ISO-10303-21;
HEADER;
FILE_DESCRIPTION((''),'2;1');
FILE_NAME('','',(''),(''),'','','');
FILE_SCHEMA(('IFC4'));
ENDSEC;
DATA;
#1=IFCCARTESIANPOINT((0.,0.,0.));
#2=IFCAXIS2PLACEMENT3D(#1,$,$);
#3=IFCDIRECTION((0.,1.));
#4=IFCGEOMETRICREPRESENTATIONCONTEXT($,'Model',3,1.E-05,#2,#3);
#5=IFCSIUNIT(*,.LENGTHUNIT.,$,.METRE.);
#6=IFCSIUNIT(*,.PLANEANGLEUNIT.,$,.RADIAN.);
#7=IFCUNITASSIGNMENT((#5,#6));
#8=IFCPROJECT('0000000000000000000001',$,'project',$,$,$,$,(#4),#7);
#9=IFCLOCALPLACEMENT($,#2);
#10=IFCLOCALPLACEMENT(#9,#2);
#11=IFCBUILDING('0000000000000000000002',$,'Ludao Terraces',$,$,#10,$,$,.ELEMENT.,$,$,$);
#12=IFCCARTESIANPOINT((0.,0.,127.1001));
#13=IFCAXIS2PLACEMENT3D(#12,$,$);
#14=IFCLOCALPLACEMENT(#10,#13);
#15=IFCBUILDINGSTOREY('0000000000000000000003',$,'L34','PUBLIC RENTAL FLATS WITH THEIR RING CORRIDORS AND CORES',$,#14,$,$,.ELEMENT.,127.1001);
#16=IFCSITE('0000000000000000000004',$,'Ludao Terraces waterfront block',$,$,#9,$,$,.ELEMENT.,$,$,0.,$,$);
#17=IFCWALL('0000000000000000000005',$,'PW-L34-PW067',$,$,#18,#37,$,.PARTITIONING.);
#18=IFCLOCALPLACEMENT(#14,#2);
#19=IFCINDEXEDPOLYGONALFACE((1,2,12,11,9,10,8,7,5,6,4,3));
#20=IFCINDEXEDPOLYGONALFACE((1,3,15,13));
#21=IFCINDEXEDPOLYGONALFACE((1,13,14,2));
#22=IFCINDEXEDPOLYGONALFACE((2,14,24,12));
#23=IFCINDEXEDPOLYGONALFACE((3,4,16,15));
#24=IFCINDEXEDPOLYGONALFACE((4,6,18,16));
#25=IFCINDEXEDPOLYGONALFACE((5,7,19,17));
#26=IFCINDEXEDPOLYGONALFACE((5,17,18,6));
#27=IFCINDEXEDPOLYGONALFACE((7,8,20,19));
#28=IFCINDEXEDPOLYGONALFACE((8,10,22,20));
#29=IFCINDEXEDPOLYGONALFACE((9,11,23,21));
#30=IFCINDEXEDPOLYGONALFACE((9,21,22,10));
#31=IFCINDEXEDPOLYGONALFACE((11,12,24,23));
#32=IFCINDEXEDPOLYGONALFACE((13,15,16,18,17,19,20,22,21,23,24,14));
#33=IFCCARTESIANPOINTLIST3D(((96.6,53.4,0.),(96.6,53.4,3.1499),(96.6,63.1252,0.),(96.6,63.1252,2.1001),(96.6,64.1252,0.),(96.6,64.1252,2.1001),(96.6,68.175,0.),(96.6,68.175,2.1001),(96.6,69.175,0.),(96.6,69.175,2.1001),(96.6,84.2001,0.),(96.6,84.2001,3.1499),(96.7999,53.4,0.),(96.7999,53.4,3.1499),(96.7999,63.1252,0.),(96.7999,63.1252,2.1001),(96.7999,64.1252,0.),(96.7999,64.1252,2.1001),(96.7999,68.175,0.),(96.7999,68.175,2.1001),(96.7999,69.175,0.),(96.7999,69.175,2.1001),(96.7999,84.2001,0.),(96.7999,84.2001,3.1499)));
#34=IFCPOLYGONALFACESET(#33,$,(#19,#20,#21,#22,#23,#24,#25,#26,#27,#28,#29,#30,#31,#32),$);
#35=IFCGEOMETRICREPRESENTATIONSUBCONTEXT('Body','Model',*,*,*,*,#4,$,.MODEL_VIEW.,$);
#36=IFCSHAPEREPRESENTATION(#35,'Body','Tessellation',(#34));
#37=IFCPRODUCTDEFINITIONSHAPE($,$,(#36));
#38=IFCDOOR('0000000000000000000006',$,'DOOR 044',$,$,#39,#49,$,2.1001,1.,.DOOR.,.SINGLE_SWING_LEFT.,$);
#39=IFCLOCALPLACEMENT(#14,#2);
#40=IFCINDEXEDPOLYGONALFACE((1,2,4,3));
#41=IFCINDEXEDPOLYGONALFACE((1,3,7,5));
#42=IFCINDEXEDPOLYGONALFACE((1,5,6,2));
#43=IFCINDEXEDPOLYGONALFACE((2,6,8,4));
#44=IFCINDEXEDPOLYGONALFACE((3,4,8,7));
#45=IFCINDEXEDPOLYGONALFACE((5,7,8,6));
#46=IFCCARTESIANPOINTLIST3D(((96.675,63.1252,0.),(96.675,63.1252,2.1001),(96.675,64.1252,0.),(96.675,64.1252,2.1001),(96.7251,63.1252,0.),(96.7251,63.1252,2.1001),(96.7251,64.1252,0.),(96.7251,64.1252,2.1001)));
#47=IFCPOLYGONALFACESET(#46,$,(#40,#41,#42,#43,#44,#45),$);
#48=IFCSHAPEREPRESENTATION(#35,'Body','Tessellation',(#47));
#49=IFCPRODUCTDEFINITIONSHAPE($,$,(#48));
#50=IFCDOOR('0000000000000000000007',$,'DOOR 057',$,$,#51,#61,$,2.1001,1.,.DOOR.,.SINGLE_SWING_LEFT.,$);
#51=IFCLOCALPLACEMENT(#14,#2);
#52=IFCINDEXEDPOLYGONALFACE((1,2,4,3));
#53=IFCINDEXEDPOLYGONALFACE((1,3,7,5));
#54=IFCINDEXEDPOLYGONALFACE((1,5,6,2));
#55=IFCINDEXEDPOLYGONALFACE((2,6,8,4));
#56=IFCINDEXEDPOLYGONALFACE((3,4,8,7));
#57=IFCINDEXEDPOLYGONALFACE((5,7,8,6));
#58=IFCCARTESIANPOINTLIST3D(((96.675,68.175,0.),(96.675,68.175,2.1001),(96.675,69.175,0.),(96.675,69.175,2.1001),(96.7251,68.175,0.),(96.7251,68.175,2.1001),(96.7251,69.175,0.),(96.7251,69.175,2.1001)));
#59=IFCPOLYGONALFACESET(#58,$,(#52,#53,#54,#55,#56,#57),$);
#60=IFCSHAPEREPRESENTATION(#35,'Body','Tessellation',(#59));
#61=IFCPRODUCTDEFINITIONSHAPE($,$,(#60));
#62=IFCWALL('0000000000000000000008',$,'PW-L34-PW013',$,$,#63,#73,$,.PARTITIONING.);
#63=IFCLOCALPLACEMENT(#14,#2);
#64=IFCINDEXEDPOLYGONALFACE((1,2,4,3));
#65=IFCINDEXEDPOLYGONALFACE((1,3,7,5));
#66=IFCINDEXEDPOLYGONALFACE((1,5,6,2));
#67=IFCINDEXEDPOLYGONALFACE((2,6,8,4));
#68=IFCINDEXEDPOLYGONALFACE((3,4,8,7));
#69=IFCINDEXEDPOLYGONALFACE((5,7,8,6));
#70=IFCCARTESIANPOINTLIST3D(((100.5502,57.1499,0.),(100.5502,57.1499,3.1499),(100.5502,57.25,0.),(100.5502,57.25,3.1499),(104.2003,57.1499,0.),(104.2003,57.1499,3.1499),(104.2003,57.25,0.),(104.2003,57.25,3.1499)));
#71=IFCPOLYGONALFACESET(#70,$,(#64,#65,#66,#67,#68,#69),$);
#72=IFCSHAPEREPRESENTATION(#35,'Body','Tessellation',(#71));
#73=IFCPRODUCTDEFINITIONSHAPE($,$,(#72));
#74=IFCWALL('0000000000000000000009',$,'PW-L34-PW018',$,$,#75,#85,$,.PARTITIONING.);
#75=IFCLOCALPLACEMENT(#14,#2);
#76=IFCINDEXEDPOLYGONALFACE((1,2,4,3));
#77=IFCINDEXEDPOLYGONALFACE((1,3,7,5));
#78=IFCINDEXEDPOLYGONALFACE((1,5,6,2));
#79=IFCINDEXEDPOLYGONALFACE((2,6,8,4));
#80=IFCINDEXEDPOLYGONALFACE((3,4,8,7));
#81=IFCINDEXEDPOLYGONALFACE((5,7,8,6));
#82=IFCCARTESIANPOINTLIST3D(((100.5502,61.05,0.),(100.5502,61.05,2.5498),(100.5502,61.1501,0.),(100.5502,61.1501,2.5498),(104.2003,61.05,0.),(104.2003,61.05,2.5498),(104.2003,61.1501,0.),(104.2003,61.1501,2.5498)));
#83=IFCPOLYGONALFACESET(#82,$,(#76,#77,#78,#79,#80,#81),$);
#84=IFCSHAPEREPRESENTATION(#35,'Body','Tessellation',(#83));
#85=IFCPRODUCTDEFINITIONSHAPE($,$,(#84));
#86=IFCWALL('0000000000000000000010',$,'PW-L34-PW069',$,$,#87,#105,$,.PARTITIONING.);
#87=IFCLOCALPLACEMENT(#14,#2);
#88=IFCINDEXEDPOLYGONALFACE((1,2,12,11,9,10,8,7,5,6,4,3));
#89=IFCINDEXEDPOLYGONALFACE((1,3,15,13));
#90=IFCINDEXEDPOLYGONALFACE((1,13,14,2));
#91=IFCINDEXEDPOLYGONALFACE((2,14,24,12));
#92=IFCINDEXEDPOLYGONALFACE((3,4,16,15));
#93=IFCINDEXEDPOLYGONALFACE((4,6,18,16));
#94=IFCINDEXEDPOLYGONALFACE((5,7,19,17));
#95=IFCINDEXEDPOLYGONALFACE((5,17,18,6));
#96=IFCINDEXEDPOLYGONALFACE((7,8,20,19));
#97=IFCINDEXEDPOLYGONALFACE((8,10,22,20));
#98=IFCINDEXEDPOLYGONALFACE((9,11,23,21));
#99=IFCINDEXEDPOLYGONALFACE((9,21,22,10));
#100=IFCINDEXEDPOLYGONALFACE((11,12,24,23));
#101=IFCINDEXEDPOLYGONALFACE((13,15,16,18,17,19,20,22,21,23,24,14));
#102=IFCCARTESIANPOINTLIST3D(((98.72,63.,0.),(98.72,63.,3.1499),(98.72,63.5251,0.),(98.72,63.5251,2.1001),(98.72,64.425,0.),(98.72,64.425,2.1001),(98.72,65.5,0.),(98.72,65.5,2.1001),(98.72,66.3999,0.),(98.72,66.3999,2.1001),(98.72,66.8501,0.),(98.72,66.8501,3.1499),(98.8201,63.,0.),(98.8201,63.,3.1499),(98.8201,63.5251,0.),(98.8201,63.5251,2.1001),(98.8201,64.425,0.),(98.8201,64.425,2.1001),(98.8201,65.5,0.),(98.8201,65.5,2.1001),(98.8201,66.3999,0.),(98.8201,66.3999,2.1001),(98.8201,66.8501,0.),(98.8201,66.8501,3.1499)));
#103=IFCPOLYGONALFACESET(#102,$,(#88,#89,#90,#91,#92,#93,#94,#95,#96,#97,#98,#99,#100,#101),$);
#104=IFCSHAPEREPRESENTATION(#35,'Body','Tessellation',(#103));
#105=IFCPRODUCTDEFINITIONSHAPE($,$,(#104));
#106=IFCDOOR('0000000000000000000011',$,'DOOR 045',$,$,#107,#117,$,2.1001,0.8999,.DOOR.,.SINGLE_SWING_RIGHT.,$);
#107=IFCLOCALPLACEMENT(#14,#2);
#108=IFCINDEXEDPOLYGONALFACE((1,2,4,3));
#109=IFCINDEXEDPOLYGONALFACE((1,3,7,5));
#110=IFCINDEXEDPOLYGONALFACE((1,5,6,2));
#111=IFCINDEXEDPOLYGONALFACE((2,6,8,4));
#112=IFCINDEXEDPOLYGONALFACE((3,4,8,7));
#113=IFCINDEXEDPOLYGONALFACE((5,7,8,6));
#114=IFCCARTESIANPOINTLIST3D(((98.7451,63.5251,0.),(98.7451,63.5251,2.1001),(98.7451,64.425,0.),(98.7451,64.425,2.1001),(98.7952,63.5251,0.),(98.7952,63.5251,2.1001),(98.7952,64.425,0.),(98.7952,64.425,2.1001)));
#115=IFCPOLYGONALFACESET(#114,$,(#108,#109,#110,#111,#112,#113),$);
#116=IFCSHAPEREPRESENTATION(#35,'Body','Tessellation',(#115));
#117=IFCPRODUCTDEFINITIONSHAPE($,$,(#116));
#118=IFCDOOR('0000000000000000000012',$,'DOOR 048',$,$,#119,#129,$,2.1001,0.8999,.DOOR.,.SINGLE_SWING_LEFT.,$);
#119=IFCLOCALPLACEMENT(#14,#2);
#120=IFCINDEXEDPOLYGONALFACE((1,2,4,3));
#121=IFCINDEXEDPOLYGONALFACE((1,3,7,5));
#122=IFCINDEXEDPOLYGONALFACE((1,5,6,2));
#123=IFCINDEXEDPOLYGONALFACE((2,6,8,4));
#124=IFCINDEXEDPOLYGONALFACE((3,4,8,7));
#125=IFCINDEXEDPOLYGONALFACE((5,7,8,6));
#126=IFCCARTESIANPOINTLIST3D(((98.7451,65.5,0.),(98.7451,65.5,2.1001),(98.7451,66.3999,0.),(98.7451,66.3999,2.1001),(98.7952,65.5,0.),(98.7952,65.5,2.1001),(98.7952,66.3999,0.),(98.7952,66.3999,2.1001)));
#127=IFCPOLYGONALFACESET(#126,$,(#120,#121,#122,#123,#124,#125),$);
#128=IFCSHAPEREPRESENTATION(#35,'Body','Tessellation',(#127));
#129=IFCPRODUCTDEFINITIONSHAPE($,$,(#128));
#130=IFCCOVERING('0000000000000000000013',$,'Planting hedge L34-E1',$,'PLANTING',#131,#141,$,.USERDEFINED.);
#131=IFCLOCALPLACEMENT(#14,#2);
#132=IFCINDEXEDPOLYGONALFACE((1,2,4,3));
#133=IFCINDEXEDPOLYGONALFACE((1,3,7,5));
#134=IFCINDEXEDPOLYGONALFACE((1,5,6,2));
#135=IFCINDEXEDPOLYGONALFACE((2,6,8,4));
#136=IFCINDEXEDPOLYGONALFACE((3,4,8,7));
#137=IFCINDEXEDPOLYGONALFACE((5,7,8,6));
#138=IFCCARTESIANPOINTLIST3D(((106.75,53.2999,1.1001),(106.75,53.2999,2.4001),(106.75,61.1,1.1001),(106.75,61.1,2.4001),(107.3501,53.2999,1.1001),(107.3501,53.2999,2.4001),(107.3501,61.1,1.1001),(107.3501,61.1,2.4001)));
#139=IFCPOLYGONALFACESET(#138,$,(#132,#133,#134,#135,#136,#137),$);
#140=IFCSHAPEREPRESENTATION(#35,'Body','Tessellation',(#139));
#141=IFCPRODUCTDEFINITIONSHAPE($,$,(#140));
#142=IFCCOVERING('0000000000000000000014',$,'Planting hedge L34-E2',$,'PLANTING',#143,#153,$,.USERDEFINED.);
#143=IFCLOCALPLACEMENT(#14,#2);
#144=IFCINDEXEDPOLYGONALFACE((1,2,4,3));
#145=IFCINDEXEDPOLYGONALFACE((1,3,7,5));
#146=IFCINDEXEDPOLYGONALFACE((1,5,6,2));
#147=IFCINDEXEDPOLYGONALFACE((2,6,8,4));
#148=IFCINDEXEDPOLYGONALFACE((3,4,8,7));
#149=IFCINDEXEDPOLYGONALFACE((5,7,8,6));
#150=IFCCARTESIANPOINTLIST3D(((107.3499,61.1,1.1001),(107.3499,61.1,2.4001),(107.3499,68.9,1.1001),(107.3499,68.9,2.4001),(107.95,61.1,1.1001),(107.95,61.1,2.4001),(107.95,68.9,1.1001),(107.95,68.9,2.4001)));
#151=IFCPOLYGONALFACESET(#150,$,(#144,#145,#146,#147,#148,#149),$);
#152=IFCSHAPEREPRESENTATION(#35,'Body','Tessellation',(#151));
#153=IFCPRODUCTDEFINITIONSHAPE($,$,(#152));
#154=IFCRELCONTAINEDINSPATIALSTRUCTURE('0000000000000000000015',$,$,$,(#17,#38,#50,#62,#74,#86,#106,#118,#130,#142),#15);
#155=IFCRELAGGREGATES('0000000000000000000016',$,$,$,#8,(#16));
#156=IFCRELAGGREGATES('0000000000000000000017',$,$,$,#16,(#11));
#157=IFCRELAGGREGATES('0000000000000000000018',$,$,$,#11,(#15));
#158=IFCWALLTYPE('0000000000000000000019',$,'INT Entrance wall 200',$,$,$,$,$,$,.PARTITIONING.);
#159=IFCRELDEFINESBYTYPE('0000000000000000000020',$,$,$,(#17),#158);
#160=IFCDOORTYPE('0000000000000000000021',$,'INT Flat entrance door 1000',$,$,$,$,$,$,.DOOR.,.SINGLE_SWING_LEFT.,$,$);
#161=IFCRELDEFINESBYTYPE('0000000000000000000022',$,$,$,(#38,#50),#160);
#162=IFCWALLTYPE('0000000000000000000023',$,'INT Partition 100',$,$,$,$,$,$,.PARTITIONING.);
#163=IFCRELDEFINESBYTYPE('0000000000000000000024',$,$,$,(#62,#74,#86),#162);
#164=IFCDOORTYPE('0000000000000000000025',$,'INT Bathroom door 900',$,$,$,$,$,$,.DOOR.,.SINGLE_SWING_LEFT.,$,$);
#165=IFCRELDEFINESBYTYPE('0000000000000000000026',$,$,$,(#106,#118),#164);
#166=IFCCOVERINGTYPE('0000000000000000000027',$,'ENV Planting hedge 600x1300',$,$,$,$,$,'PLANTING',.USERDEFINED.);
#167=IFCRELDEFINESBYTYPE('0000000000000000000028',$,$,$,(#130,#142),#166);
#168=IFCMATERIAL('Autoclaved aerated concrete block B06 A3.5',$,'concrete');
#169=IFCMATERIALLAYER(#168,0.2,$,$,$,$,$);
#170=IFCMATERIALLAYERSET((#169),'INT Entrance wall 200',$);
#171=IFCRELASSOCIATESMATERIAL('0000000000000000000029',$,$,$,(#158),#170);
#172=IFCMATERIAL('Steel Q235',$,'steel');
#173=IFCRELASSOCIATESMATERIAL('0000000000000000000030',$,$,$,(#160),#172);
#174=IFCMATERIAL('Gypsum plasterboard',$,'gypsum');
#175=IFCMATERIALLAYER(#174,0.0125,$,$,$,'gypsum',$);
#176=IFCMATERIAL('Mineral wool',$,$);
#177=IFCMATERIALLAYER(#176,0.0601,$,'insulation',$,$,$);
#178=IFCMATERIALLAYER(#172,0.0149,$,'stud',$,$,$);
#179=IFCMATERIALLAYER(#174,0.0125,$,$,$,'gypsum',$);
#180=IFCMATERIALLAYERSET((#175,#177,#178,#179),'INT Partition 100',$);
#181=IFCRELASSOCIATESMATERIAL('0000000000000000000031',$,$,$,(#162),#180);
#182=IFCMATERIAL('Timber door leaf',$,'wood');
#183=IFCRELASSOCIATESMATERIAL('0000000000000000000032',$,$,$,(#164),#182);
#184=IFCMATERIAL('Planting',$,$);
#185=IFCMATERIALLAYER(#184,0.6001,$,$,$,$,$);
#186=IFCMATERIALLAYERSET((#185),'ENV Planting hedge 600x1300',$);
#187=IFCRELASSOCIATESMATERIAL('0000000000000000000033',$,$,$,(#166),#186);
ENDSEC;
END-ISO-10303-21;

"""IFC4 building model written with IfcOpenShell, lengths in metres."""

from ifc_helpers import new_model, si_unit, direction, frame, frame_2d, origin, origin_2d, place, context, subcontext, project, spatial, rectangle, extrude, material, layer, layer_set, type_object, element, fill, save


model = new_model("IFC4")

# Units and contexts
model_context = context("Model", 3, precision=1e-05, world=origin(), true_north=direction((0.0, 1.0)))
body_context = subcontext(model_context, "Body", "Model", "MODEL_VIEW")
ifc_project = project(units=[si_unit("LENGTHUNIT", "METRE"), si_unit("PLANEANGLEUNIT", "RADIAN")], contexts=[model_context])

# Site, building, storey
site_placement = place(None, origin())
site = spatial("IfcSite", under=ifc_project, at=site_placement, Name="Ludao Terraces waterfront block", CompositionType="ELEMENT", RefElevation=0.0)
building_placement = place(site_placement, origin())
building = spatial("IfcBuilding", under=site, at=building_placement, Name="Ludao Terraces", CompositionType="ELEMENT")
storey_placement = place(building_placement, frame((0.0, 0.0, 127.1001)))
storey = spatial("IfcBuildingStorey", under=building, at=storey_placement, Name="L34", Description="PUBLIC RENTAL FLATS WITH THEIR RING CORRIDORS AND CORES", CompositionType="ELEMENT", Elevation=127.1001)

# Shared definitions
ifc_material_1 = material(Name="Mineral wool")

# Wall, openings, doors
ifc_material_2 = material(Name="Autoclaved aerated concrete block B06 A3.5", Category="concrete")
ifc_layer_1 = layer(ifc_material_2, 0.2)
ifc_layer_set_1 = layer_set([ifc_layer_1], Name="INT Entrance wall 200")
wall_type_1 = type_object("IfcWallType", Name="INT Entrance wall 200", PredefinedType="PARTITIONING", material=ifc_layer_set_1)
wall_1_placement = place(storey_placement, frame((96.7, 53.4001, 0.0), z_axis=(0.0, 0.0, 1.0), x_axis=(0.0, 1.0, 0.0)))
wall_1 = element("IfcWall", 1, at=wall_1_placement, inside=storey, type_object=wall_type_1, Name="PW-L34-PW067", PredefinedType="PARTITIONING", context=body_context, shape_type="SweptSolid", body=[
    extrude(rectangle(XDim=30.8, YDim=0.2, at=frame_2d((15.3999, 0.0))), origin(), (0.0, 0.0, 1.0), 3.1499),
])
opening_1_placement = place(wall_1_placement, frame((9.7251, 0.0, 0.0)))
opening_1 = element("IfcOpeningElement", 2, at=opening_1_placement, cuts=wall_1, PredefinedType="OPENING", context=body_context, shape_type="SweptSolid", body=[
    extrude(rectangle(XDim=1.0, YDim=2.1001, at=frame_2d((0.5, 1.05))), frame((0.0, 0.1099, 0.0), z_axis=(0.0, -1.0, 0.0), x_axis=(1.0, 0.0, 0.0)), (0.0, 0.0, 1.0), 0.22),
])
opening_2_placement = place(wall_1_placement, frame((14.7749, 0.0, 0.0)))
opening_2 = element("IfcOpeningElement", 3, at=opening_2_placement, cuts=wall_1, PredefinedType="OPENING", context=body_context, shape_type="SweptSolid", body=[
    extrude(rectangle(XDim=1.0, YDim=2.1001, at=frame_2d((0.5, 1.05))), frame((0.0, 0.1099, 0.0), z_axis=(0.0, -1.0, 0.0), x_axis=(1.0, 0.0, 0.0)), (0.0, 0.0, 1.0), 0.22),
])
ifc_material_3 = material(Name="Steel Q235", Category="steel")
door_type_1 = type_object("IfcDoorType", Name="INT Flat entrance door 1000", OperationType="SINGLE_SWING_LEFT", PredefinedType="DOOR", material=ifc_material_3)
door_1_placement = place(opening_1_placement, origin())
door_1 = element("IfcDoor", 4, at=door_1_placement, inside=storey, type_object=door_type_1, Name="DOOR 044", OperationType="SINGLE_SWING_LEFT", OverallHeight=2.1001, OverallWidth=1.0, PredefinedType="DOOR", context=body_context, shape_type="SweptSolid", body=[
    extrude(rectangle(XDim=1.0, YDim=2.1001, at=frame_2d((0.5, 1.05))), frame((0.0, 0.0249, 0.0), z_axis=(0.0, -1.0, 0.0), x_axis=(1.0, 0.0, 0.0)), (0.0, 0.0, 1.0), 0.05),
])
fill(opening_1, door_1)
door_2_placement = place(opening_2_placement, origin())
door_2 = element("IfcDoor", 5, at=door_2_placement, inside=storey, type_object=door_type_1, Name="DOOR 057", OperationType="SINGLE_SWING_LEFT", OverallHeight=2.1001, OverallWidth=1.0, PredefinedType="DOOR", context=body_context, shape_type="SweptSolid", body=[
    extrude(rectangle(XDim=1.0, YDim=2.1001, at=frame_2d((0.5, 1.05))), frame((0.0, 0.0249, 0.0), z_axis=(0.0, -1.0, 0.0), x_axis=(1.0, 0.0, 0.0)), (0.0, 0.0, 1.0), 0.05),
])
fill(opening_2, door_2)

# Walls
ifc_material_4 = material(Name="Gypsum plasterboard", Category="gypsum")
ifc_layer_2 = layer(ifc_material_4, 0.0125, Category="gypsum")
ifc_layer_3 = layer(ifc_material_1, 0.0601, Name="insulation")
ifc_layer_4 = layer(ifc_material_3, 0.0149, Name="stud")
ifc_layer_5 = layer(ifc_material_4, 0.0125, Category="gypsum")
ifc_layer_set_2 = layer_set([ifc_layer_2, ifc_layer_3, ifc_layer_4, ifc_layer_5], Name="INT Partition 100")
wall_type_2 = type_object("IfcWallType", Name="INT Partition 100", PredefinedType="PARTITIONING", material=ifc_layer_set_2)
wall_2_placement = place(storey_placement, frame((100.55, 57.2, 0.0), z_axis=(0.0, 0.0, 1.0), x_axis=(1.0, 0.0, 0.0)))
element("IfcWall", 6, at=wall_2_placement, inside=storey, type_object=wall_type_2, Name="PW-L34-PW013", PredefinedType="PARTITIONING", context=body_context, shape_type="SweptSolid", body=[
    extrude(rectangle(XDim=3.6501, YDim=0.1001, at=frame_2d((1.8252, 0.0))), origin(), (0.0, 0.0, 1.0), 3.1499),
])
wall_3_placement = place(storey_placement, frame((100.55, 61.1001, 0.0), z_axis=(0.0, 0.0, 1.0), x_axis=(1.0, 0.0, 0.0)))
element("IfcWall", 7, at=wall_3_placement, inside=storey, type_object=wall_type_2, Name="PW-L34-PW018", PredefinedType="PARTITIONING", context=body_context, shape_type="SweptSolid", body=[
    extrude(rectangle(XDim=3.6501, YDim=0.1001, at=frame_2d((1.8252, 0.0))), origin(), (0.0, 0.0, 1.0), 2.5498),
])

# Wall, openings, doors
wall_4_placement = place(storey_placement, frame((98.77, 63.0, 0.0), z_axis=(0.0, 0.0, 1.0), x_axis=(0.0, 1.0, 0.0)))
wall_4 = element("IfcWall", 8, at=wall_4_placement, inside=storey, type_object=wall_type_2, Name="PW-L34-PW069", PredefinedType="PARTITIONING", context=body_context, shape_type="SweptSolid", body=[
    extrude(rectangle(XDim=3.8501, YDim=0.1001, at=frame_2d((1.925, 0.0))), origin(), (0.0, 0.0, 1.0), 3.1499),
])
opening_3_placement = place(wall_4_placement, frame((0.5251, 0.0, 0.0)))
opening_3 = element("IfcOpeningElement", 9, at=opening_3_placement, cuts=wall_4, PredefinedType="OPENING", context=body_context, shape_type="SweptSolid", body=[
    extrude(rectangle(XDim=0.8999, YDim=2.1001, at=frame_2d((0.45, 1.05))), frame((0.0, 0.0601, 0.0), z_axis=(0.0, -1.0, 0.0), x_axis=(1.0, 0.0, 0.0)), (0.0, 0.0, 1.0), 0.1201),
])
opening_4_placement = place(wall_4_placement, frame((2.5, 0.0, 0.0)))
opening_4 = element("IfcOpeningElement", 10, at=opening_4_placement, cuts=wall_4, PredefinedType="OPENING", context=body_context, shape_type="SweptSolid", body=[
    extrude(rectangle(XDim=0.8999, YDim=2.1001, at=frame_2d((0.45, 1.05))), frame((0.0, 0.0601, 0.0), z_axis=(0.0, -1.0, 0.0), x_axis=(1.0, 0.0, 0.0)), (0.0, 0.0, 1.0), 0.1201),
])
ifc_material_5 = material(Name="Timber door leaf", Category="wood")
door_type_2 = type_object("IfcDoorType", Name="INT Bathroom door 900", OperationType="SINGLE_SWING_LEFT", PredefinedType="DOOR", material=ifc_material_5)
door_3_placement = place(opening_3_placement, origin())
door_3 = element("IfcDoor", 11, at=door_3_placement, inside=storey, type_object=door_type_2, Name="DOOR 045", OperationType="SINGLE_SWING_RIGHT", OverallHeight=2.1001, OverallWidth=0.8999, PredefinedType="DOOR", context=body_context, shape_type="SweptSolid", body=[
    extrude(rectangle(XDim=0.8999, YDim=2.1001, at=frame_2d((0.45, 1.05))), frame((0.0, 0.0249, 0.0), z_axis=(0.0, -1.0, 0.0), x_axis=(1.0, 0.0, 0.0)), (0.0, 0.0, 1.0), 0.05),
])
fill(opening_3, door_3)
door_4_placement = place(opening_4_placement, origin())
door_4 = element("IfcDoor", 12, at=door_4_placement, inside=storey, type_object=door_type_2, Name="DOOR 048", OperationType="SINGLE_SWING_LEFT", OverallHeight=2.1001, OverallWidth=0.8999, PredefinedType="DOOR", context=body_context, shape_type="SweptSolid", body=[
    extrude(rectangle(XDim=0.8999, YDim=2.1001, at=frame_2d((0.45, 1.05))), frame((0.0, 0.0249, 0.0), z_axis=(0.0, -1.0, 0.0), x_axis=(1.0, 0.0, 0.0)), (0.0, 0.0, 1.0), 0.05),
])
fill(opening_4, door_4)

# Coverings
ifc_material_6 = material(Name="Planting")
ifc_layer_6 = layer(ifc_material_6, 0.6001)
ifc_layer_set_3 = layer_set([ifc_layer_6], Name="ENV Planting hedge 600x1300")
covering_type = type_object("IfcCoveringType", Name="ENV Planting hedge 600x1300", ElementType="PLANTING", PredefinedType="USERDEFINED", material=ifc_layer_set_3)
for number, where, z_axis, x_axis, name in (
    (13, (107.05, 57.2, 1.1001), (0.0, 0.0, 1.0), (1.0, 0.0, 0.0), "Planting hedge L34-E1"),
    (14, (107.6499, 65.0, 1.1001), (0.0, 0.0, 1.0), (1.0, 0.0, 0.0), "Planting hedge L34-E2"),
):
    element("IfcCovering", number, at=place(storey_placement, frame(where, z_axis=z_axis, x_axis=x_axis)), inside=storey, type_object=covering_type, Name=name, ObjectType="PLANTING", PredefinedType="USERDEFINED", context=body_context, shape_type="SweptSolid", body=[
        extrude(rectangle(XDim=0.6001, YDim=7.8, at=origin_2d()), origin(), (0.0, 0.0, 1.0), 1.3),
    ])

save(model, "model.ifc")
